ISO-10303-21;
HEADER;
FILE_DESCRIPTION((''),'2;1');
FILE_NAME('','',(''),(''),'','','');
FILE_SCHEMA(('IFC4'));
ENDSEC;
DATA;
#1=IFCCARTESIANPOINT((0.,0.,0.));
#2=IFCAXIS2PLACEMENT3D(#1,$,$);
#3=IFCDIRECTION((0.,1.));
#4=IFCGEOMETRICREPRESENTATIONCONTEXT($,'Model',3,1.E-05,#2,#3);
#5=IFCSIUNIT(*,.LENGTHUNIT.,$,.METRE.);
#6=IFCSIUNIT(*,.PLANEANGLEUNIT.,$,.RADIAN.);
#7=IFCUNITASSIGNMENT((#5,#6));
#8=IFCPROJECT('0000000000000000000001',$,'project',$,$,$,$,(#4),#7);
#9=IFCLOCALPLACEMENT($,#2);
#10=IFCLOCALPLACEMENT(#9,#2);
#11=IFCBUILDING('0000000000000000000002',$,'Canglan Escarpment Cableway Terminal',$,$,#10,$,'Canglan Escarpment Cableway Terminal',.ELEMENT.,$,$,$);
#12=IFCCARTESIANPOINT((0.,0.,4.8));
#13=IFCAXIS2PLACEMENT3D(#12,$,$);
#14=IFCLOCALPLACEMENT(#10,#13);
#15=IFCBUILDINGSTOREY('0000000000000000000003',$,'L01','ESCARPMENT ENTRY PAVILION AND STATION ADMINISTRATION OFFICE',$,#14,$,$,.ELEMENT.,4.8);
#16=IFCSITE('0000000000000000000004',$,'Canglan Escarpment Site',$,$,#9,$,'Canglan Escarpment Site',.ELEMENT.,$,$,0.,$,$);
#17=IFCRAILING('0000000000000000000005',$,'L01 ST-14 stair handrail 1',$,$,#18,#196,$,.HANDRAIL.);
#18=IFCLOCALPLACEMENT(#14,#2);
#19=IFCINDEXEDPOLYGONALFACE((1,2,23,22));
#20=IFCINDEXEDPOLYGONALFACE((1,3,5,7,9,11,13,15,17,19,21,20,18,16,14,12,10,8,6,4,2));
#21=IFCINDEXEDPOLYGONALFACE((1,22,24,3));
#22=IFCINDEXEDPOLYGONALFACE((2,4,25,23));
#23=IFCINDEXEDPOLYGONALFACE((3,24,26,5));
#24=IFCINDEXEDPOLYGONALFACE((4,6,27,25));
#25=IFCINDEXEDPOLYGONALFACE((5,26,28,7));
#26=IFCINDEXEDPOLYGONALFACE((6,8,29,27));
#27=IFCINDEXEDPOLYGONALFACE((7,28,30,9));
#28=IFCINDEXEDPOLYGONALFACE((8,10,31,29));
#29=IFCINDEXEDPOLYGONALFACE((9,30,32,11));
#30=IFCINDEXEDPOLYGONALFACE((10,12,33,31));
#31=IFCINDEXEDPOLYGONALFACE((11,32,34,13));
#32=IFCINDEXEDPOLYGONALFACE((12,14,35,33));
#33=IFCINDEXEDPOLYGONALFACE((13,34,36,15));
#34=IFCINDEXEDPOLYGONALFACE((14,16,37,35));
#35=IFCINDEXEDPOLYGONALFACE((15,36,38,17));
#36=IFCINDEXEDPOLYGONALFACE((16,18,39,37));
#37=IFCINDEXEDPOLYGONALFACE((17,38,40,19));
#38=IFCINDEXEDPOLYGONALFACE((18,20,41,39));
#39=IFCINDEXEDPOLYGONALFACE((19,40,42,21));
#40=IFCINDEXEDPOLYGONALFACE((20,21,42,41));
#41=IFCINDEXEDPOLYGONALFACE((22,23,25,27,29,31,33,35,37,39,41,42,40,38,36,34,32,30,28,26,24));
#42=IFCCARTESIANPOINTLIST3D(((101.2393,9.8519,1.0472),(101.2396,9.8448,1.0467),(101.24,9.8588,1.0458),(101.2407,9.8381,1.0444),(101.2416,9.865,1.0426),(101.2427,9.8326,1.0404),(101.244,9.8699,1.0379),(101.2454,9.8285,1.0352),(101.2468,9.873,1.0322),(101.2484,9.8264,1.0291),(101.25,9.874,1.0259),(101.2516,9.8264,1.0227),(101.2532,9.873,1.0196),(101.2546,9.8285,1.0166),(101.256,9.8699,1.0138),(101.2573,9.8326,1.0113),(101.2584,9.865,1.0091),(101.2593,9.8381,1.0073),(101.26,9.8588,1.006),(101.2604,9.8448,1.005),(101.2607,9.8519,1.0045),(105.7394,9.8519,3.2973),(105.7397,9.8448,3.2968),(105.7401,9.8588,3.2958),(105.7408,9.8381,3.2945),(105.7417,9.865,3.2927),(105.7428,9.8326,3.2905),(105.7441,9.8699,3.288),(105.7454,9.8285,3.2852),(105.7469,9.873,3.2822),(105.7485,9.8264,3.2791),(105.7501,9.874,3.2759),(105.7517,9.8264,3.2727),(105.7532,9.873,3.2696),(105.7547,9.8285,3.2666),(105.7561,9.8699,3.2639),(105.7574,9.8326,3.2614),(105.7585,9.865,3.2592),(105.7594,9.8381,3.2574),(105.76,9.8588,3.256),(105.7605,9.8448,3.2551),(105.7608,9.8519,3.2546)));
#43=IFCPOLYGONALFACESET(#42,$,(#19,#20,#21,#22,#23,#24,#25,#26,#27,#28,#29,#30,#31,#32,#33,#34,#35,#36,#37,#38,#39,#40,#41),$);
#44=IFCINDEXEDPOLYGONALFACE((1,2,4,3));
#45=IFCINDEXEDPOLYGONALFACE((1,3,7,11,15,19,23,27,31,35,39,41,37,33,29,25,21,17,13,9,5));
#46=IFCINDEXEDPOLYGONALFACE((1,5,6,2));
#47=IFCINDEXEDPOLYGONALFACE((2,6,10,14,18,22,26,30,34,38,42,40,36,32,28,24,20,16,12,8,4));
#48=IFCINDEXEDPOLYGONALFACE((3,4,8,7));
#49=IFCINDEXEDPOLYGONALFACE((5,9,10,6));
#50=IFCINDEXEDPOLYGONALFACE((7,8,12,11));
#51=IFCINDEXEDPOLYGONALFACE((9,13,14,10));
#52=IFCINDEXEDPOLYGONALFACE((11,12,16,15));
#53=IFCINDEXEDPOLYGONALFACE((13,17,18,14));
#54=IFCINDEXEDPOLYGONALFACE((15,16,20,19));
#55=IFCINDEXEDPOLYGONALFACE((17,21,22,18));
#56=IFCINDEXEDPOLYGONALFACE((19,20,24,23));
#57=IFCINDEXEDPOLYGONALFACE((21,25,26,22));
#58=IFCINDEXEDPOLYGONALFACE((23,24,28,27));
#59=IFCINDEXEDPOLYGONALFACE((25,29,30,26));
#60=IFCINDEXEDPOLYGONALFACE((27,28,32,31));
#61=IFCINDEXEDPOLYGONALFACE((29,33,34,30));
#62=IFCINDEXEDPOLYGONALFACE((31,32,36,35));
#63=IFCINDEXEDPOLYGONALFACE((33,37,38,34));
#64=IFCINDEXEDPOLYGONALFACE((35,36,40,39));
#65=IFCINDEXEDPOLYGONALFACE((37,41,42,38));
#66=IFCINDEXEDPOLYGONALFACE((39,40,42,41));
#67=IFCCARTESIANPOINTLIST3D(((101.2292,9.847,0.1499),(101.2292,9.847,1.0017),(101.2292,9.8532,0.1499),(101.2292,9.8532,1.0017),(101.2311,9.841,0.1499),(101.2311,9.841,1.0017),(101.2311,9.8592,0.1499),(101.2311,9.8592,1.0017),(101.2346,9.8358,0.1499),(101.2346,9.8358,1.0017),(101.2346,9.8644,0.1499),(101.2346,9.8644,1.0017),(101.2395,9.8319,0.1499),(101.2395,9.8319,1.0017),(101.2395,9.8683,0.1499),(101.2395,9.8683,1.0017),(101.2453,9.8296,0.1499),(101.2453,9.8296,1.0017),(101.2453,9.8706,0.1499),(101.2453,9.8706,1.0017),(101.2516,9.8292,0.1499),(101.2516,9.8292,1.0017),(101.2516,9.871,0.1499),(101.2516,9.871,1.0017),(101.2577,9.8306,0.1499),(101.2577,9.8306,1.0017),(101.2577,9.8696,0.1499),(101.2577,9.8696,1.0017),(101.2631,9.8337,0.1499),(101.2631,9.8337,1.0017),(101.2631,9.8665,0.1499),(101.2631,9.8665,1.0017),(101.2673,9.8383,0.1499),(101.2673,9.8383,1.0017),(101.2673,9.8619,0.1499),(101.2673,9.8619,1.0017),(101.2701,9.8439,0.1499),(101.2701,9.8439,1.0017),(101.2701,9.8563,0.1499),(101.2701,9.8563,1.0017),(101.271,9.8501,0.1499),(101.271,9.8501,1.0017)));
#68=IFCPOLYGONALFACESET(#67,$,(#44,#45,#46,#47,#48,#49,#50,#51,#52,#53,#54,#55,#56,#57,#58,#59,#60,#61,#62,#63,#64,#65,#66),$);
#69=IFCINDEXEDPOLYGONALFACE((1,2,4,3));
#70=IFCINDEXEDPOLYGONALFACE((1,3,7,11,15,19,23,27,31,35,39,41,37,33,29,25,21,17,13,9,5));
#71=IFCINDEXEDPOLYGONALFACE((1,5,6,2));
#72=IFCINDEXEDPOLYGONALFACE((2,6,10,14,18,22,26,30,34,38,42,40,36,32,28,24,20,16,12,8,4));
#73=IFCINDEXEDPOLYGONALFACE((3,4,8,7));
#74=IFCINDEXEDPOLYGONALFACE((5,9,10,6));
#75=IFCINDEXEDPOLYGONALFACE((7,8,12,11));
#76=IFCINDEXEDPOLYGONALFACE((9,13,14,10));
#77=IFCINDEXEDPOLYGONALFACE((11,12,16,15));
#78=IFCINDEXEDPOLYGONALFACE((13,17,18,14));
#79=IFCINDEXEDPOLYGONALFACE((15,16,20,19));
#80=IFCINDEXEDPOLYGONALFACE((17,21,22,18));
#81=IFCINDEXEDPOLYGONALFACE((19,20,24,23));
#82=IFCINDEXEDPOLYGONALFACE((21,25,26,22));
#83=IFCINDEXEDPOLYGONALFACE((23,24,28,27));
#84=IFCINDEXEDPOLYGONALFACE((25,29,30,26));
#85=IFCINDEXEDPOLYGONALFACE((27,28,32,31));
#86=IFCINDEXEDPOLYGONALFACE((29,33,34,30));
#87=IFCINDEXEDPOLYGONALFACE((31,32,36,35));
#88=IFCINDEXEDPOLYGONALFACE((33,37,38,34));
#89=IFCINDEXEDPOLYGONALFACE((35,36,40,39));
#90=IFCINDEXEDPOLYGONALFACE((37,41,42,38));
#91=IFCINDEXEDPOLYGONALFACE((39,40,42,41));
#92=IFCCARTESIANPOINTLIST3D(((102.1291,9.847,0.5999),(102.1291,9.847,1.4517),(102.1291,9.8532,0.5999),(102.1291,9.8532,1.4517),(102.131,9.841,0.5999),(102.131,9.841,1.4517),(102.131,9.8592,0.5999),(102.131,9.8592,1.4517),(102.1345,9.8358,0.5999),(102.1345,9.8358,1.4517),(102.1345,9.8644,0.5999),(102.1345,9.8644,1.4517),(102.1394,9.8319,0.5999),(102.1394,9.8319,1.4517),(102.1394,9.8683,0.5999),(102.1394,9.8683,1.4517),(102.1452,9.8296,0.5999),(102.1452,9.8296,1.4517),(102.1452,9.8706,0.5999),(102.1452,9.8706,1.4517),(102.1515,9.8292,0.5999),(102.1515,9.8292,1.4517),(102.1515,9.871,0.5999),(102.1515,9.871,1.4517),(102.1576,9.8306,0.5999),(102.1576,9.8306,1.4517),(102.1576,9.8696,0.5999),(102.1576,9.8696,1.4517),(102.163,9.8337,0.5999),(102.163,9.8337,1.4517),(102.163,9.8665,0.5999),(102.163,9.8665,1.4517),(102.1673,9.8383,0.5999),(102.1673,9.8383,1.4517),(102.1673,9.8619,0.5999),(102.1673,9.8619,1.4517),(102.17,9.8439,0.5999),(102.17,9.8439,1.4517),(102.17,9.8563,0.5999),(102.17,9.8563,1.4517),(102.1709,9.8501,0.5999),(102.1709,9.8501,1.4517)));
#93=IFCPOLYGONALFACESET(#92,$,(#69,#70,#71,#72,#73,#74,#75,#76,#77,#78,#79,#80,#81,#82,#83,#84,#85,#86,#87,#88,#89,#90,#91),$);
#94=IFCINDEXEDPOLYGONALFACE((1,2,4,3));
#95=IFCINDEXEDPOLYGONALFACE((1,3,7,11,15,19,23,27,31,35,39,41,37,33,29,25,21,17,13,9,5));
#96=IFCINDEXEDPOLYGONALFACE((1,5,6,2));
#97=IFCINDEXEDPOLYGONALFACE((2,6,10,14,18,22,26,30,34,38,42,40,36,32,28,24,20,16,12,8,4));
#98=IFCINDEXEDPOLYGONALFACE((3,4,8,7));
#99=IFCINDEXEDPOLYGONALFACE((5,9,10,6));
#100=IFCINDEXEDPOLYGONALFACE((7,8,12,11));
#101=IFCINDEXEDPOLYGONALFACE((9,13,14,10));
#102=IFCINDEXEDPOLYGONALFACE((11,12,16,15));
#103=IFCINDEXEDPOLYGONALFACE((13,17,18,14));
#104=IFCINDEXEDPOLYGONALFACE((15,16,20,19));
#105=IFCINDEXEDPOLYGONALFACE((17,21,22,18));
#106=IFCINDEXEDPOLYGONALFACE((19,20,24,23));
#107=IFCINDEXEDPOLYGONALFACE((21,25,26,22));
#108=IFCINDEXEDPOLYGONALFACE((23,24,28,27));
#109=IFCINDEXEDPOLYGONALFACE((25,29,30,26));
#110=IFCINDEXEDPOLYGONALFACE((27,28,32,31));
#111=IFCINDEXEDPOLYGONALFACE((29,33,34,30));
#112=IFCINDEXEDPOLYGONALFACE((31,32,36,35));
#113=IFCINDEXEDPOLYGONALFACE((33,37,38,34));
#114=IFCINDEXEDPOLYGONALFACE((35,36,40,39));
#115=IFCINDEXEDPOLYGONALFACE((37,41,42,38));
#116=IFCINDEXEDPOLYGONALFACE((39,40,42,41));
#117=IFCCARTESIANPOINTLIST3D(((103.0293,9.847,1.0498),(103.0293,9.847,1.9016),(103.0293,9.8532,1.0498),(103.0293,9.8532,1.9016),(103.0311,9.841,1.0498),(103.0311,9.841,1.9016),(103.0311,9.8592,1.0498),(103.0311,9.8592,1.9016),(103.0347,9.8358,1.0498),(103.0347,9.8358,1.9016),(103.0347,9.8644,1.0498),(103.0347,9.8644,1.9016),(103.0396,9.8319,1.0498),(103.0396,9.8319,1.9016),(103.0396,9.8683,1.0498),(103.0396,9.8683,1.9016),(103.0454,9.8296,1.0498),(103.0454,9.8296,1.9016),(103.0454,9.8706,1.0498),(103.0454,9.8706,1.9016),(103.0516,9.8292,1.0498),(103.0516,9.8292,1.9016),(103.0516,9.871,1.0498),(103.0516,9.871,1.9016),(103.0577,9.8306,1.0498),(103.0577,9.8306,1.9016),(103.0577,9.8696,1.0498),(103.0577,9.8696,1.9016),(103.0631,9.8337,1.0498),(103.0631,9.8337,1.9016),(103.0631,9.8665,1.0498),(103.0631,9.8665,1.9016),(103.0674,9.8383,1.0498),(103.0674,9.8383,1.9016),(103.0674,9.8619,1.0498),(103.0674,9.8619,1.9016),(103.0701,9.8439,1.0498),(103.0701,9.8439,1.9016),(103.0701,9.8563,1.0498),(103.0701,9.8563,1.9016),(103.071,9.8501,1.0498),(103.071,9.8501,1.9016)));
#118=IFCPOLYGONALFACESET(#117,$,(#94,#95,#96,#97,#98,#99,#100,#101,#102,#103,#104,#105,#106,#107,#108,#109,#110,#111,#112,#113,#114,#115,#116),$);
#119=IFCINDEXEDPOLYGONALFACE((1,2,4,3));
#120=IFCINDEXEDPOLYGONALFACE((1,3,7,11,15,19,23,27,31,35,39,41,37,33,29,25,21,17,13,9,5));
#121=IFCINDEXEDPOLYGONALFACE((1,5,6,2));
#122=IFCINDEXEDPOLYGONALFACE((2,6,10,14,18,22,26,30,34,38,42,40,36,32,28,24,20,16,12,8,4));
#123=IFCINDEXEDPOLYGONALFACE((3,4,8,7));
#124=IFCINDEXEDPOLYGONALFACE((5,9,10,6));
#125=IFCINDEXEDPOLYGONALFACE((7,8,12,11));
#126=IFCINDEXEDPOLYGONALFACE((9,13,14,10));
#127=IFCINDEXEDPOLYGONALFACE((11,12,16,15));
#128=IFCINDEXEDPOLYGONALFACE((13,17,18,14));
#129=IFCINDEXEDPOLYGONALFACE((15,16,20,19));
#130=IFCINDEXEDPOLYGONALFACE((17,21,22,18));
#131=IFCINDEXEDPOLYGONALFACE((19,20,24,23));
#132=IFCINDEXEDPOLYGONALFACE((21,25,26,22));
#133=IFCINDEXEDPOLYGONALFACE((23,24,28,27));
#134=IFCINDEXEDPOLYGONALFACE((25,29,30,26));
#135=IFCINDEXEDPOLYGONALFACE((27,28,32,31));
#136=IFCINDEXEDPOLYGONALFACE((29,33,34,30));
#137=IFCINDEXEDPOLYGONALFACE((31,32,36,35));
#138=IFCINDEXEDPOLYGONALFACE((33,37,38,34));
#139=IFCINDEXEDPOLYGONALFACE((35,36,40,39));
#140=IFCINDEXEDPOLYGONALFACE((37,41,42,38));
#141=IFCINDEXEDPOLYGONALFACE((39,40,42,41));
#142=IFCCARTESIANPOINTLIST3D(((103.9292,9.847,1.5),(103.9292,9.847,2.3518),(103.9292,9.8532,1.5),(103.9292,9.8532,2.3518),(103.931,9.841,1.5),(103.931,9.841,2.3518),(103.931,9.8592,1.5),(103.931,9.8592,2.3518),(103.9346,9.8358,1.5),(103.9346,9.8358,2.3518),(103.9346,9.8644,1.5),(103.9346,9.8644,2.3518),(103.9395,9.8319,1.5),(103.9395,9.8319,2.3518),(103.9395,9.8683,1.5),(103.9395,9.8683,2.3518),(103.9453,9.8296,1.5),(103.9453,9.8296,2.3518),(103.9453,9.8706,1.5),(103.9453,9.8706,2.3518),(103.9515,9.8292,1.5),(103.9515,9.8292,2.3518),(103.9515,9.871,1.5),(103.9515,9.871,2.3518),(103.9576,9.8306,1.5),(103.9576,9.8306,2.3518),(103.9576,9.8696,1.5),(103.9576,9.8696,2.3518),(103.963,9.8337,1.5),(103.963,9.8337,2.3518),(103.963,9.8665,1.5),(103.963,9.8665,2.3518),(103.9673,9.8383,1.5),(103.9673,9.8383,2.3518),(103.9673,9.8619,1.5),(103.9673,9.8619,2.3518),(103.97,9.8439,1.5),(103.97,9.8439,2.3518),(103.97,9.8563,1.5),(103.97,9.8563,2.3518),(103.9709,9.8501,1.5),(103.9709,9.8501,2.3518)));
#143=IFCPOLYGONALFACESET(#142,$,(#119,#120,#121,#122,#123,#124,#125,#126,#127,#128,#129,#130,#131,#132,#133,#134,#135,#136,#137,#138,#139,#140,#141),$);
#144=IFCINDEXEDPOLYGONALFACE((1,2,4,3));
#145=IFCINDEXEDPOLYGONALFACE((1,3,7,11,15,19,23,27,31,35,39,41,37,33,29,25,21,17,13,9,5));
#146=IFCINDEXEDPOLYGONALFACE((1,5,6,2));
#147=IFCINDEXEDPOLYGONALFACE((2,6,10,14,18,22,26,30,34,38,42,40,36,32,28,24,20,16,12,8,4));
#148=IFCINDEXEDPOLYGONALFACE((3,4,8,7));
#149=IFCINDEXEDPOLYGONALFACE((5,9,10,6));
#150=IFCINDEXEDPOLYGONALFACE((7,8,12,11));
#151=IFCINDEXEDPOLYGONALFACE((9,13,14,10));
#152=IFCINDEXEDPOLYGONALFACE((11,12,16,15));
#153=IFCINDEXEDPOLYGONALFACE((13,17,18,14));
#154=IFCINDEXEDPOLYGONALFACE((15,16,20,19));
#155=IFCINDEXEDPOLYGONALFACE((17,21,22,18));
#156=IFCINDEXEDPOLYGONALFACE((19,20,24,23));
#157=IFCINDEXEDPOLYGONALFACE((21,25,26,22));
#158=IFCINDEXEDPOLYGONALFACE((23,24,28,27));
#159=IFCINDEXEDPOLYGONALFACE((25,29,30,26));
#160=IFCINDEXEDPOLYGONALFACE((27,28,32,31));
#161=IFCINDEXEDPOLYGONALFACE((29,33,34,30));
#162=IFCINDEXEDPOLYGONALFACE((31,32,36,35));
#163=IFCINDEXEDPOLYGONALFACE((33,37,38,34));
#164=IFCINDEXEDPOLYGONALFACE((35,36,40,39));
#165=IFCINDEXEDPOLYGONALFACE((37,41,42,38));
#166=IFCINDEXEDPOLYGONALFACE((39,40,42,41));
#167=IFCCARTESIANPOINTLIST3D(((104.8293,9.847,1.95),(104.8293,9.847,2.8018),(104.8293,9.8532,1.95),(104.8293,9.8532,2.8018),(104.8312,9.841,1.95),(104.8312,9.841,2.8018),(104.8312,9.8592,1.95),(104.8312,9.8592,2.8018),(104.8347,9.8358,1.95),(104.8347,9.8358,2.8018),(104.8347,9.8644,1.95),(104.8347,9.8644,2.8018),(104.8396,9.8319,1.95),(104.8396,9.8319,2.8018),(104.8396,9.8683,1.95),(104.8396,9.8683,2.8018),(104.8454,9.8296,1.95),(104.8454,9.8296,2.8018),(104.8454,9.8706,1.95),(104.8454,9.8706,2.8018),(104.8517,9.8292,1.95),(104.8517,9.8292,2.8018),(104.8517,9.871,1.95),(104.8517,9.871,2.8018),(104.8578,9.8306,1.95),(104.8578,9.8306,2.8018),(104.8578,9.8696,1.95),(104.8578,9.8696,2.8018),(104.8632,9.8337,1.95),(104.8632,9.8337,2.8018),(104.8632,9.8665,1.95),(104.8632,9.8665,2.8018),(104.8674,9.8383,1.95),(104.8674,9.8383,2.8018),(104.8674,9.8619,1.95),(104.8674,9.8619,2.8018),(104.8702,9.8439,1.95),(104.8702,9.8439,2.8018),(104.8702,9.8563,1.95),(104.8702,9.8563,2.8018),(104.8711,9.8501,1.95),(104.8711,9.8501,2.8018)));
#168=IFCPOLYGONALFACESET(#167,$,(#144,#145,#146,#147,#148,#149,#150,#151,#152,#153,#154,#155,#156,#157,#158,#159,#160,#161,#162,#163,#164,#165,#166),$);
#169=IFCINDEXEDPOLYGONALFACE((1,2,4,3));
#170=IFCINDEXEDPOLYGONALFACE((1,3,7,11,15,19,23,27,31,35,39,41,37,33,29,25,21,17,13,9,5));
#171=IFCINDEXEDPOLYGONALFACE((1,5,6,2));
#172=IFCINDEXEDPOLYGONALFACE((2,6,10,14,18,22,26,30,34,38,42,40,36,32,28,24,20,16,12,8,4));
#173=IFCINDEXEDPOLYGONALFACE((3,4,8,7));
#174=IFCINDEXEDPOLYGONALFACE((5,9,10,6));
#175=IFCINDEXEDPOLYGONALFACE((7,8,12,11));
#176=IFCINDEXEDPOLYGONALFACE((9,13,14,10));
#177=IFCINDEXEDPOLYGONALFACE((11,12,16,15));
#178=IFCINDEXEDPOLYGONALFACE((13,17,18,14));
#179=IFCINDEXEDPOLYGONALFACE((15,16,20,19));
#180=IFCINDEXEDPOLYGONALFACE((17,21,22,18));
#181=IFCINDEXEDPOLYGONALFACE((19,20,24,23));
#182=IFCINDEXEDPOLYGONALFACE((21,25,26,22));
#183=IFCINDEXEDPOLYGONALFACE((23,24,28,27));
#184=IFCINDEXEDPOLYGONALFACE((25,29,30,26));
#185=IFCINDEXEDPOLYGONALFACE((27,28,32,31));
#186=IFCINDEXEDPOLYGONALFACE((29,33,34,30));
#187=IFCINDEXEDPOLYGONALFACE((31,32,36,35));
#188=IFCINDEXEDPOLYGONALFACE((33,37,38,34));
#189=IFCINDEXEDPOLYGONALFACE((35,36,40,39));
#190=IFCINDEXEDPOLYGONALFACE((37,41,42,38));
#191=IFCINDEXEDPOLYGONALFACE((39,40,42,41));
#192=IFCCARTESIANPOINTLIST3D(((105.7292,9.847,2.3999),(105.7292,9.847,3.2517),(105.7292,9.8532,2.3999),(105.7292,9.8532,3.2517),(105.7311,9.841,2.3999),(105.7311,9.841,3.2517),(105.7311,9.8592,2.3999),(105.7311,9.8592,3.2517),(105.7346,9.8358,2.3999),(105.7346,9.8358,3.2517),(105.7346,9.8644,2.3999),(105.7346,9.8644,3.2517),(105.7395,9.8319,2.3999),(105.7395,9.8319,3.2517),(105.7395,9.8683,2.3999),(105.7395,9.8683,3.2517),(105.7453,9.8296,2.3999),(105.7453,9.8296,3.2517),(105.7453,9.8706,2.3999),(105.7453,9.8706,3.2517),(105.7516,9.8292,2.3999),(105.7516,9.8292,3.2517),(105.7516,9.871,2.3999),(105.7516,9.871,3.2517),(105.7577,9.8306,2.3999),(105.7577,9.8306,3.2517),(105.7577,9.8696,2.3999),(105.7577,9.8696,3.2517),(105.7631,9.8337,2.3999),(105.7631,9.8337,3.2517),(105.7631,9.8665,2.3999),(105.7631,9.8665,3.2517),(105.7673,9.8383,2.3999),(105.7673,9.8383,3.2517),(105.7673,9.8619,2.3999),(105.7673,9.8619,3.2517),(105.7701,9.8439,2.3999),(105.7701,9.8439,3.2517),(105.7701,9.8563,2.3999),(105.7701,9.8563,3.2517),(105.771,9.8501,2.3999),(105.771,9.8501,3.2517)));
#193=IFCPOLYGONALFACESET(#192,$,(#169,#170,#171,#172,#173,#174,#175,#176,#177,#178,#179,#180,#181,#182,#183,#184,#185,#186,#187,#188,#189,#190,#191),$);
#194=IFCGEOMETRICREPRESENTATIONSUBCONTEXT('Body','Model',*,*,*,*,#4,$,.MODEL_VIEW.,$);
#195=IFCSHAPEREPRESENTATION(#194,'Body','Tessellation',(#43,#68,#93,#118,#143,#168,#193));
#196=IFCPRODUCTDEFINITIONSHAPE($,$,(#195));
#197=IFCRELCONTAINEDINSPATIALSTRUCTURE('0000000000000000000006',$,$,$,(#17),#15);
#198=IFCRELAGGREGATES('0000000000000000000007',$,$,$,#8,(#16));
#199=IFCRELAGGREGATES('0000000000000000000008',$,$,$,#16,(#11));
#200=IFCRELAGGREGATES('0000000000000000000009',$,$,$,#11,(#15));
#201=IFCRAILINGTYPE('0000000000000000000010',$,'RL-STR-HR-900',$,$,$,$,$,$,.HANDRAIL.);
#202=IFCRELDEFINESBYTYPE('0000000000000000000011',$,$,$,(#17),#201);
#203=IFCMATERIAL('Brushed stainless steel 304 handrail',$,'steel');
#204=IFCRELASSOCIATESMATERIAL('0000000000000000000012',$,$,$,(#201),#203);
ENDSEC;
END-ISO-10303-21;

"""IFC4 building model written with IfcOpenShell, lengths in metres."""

from ifc_helpers import new_model, si_unit, direction, frame, origin, origin_2d, place, context, subcontext, project, spatial, circle, extrude, material, type_object, element, save


model = new_model("IFC4")

# Units and contexts
model_context = context("Model", 3, precision=1e-05, world=origin(), true_north=direction((0.0, 1.0)))
body_context = subcontext(model_context, "Body", "Model", "MODEL_VIEW")
ifc_project = project(units=[si_unit("LENGTHUNIT", "METRE"), si_unit("PLANEANGLEUNIT", "RADIAN")], contexts=[model_context])

# Site, building, storey
site_placement = place(None, origin())
site = spatial("IfcSite", under=ifc_project, at=site_placement, Name="Canglan Escarpment Site", LongName="Canglan Escarpment Site", CompositionType="ELEMENT", RefElevation=0.0)
building_placement = place(site_placement, origin())
building = spatial("IfcBuilding", under=site, at=building_placement, Name="Canglan Escarpment Cableway Terminal", LongName="Canglan Escarpment Cableway Terminal", CompositionType="ELEMENT")
storey_placement = place(building_placement, frame((0.0, 0.0, 4.8)))
storey = spatial("IfcBuildingStorey", under=building, at=storey_placement, Name="L01", Description="ESCARPMENT ENTRY PAVILION AND STATION ADMINISTRATION OFFICE", CompositionType="ELEMENT", Elevation=4.8)

# Railing
ifc_material_1 = material(Name="Brushed stainless steel 304 handrail", Category="steel")
railing_type_1 = type_object("IfcRailingType", Name="RL-STR-HR-900", PredefinedType="HANDRAIL", material=ifc_material_1)
railing_1_placement = place(storey_placement, frame((101.25, 9.8501, 0.1499)))
element("IfcRailing", 1, at=railing_1_placement, inside=storey, type_object=railing_type_1, Name="L01 ST-14 stair handrail 1", PredefinedType="HANDRAIL", context=body_context, shape_type="SweptSolid", body=[
    extrude(circle(Radius=0.0239, at=origin_2d()), frame((0.0, 0.0, 0.876), z_axis=(0.894427, 0.0, 0.447214), x_axis=(0.0, 1.0, 0.0)), (0.0, 0.0, 1.0), 5.0312),
    extrude(circle(Radius=0.021, at=origin_2d()), origin(), (0.0, 0.0, 1.0), 0.8518),
    extrude(circle(Radius=0.021, at=origin_2d()), frame((0.8999, 0.0, 0.45)), (0.0, 0.0, 1.0), 0.8518),
    extrude(circle(Radius=0.021, at=origin_2d()), frame((1.8, 0.0, 0.8999)), (0.0, 0.0, 1.0), 0.8518),
    extrude(circle(Radius=0.021, at=origin_2d()), frame((2.7, 0.0, 1.3501)), (0.0, 0.0, 1.0), 0.8518),
    extrude(circle(Radius=0.021, at=origin_2d()), frame((3.6001, 0.0, 1.8)), (0.0, 0.0, 1.0), 0.8518),
    extrude(circle(Radius=0.021, at=origin_2d()), frame((4.5, 0.0, 2.25)), (0.0, 0.0, 1.0), 0.8518),
])

save(model, "model.ifc")
